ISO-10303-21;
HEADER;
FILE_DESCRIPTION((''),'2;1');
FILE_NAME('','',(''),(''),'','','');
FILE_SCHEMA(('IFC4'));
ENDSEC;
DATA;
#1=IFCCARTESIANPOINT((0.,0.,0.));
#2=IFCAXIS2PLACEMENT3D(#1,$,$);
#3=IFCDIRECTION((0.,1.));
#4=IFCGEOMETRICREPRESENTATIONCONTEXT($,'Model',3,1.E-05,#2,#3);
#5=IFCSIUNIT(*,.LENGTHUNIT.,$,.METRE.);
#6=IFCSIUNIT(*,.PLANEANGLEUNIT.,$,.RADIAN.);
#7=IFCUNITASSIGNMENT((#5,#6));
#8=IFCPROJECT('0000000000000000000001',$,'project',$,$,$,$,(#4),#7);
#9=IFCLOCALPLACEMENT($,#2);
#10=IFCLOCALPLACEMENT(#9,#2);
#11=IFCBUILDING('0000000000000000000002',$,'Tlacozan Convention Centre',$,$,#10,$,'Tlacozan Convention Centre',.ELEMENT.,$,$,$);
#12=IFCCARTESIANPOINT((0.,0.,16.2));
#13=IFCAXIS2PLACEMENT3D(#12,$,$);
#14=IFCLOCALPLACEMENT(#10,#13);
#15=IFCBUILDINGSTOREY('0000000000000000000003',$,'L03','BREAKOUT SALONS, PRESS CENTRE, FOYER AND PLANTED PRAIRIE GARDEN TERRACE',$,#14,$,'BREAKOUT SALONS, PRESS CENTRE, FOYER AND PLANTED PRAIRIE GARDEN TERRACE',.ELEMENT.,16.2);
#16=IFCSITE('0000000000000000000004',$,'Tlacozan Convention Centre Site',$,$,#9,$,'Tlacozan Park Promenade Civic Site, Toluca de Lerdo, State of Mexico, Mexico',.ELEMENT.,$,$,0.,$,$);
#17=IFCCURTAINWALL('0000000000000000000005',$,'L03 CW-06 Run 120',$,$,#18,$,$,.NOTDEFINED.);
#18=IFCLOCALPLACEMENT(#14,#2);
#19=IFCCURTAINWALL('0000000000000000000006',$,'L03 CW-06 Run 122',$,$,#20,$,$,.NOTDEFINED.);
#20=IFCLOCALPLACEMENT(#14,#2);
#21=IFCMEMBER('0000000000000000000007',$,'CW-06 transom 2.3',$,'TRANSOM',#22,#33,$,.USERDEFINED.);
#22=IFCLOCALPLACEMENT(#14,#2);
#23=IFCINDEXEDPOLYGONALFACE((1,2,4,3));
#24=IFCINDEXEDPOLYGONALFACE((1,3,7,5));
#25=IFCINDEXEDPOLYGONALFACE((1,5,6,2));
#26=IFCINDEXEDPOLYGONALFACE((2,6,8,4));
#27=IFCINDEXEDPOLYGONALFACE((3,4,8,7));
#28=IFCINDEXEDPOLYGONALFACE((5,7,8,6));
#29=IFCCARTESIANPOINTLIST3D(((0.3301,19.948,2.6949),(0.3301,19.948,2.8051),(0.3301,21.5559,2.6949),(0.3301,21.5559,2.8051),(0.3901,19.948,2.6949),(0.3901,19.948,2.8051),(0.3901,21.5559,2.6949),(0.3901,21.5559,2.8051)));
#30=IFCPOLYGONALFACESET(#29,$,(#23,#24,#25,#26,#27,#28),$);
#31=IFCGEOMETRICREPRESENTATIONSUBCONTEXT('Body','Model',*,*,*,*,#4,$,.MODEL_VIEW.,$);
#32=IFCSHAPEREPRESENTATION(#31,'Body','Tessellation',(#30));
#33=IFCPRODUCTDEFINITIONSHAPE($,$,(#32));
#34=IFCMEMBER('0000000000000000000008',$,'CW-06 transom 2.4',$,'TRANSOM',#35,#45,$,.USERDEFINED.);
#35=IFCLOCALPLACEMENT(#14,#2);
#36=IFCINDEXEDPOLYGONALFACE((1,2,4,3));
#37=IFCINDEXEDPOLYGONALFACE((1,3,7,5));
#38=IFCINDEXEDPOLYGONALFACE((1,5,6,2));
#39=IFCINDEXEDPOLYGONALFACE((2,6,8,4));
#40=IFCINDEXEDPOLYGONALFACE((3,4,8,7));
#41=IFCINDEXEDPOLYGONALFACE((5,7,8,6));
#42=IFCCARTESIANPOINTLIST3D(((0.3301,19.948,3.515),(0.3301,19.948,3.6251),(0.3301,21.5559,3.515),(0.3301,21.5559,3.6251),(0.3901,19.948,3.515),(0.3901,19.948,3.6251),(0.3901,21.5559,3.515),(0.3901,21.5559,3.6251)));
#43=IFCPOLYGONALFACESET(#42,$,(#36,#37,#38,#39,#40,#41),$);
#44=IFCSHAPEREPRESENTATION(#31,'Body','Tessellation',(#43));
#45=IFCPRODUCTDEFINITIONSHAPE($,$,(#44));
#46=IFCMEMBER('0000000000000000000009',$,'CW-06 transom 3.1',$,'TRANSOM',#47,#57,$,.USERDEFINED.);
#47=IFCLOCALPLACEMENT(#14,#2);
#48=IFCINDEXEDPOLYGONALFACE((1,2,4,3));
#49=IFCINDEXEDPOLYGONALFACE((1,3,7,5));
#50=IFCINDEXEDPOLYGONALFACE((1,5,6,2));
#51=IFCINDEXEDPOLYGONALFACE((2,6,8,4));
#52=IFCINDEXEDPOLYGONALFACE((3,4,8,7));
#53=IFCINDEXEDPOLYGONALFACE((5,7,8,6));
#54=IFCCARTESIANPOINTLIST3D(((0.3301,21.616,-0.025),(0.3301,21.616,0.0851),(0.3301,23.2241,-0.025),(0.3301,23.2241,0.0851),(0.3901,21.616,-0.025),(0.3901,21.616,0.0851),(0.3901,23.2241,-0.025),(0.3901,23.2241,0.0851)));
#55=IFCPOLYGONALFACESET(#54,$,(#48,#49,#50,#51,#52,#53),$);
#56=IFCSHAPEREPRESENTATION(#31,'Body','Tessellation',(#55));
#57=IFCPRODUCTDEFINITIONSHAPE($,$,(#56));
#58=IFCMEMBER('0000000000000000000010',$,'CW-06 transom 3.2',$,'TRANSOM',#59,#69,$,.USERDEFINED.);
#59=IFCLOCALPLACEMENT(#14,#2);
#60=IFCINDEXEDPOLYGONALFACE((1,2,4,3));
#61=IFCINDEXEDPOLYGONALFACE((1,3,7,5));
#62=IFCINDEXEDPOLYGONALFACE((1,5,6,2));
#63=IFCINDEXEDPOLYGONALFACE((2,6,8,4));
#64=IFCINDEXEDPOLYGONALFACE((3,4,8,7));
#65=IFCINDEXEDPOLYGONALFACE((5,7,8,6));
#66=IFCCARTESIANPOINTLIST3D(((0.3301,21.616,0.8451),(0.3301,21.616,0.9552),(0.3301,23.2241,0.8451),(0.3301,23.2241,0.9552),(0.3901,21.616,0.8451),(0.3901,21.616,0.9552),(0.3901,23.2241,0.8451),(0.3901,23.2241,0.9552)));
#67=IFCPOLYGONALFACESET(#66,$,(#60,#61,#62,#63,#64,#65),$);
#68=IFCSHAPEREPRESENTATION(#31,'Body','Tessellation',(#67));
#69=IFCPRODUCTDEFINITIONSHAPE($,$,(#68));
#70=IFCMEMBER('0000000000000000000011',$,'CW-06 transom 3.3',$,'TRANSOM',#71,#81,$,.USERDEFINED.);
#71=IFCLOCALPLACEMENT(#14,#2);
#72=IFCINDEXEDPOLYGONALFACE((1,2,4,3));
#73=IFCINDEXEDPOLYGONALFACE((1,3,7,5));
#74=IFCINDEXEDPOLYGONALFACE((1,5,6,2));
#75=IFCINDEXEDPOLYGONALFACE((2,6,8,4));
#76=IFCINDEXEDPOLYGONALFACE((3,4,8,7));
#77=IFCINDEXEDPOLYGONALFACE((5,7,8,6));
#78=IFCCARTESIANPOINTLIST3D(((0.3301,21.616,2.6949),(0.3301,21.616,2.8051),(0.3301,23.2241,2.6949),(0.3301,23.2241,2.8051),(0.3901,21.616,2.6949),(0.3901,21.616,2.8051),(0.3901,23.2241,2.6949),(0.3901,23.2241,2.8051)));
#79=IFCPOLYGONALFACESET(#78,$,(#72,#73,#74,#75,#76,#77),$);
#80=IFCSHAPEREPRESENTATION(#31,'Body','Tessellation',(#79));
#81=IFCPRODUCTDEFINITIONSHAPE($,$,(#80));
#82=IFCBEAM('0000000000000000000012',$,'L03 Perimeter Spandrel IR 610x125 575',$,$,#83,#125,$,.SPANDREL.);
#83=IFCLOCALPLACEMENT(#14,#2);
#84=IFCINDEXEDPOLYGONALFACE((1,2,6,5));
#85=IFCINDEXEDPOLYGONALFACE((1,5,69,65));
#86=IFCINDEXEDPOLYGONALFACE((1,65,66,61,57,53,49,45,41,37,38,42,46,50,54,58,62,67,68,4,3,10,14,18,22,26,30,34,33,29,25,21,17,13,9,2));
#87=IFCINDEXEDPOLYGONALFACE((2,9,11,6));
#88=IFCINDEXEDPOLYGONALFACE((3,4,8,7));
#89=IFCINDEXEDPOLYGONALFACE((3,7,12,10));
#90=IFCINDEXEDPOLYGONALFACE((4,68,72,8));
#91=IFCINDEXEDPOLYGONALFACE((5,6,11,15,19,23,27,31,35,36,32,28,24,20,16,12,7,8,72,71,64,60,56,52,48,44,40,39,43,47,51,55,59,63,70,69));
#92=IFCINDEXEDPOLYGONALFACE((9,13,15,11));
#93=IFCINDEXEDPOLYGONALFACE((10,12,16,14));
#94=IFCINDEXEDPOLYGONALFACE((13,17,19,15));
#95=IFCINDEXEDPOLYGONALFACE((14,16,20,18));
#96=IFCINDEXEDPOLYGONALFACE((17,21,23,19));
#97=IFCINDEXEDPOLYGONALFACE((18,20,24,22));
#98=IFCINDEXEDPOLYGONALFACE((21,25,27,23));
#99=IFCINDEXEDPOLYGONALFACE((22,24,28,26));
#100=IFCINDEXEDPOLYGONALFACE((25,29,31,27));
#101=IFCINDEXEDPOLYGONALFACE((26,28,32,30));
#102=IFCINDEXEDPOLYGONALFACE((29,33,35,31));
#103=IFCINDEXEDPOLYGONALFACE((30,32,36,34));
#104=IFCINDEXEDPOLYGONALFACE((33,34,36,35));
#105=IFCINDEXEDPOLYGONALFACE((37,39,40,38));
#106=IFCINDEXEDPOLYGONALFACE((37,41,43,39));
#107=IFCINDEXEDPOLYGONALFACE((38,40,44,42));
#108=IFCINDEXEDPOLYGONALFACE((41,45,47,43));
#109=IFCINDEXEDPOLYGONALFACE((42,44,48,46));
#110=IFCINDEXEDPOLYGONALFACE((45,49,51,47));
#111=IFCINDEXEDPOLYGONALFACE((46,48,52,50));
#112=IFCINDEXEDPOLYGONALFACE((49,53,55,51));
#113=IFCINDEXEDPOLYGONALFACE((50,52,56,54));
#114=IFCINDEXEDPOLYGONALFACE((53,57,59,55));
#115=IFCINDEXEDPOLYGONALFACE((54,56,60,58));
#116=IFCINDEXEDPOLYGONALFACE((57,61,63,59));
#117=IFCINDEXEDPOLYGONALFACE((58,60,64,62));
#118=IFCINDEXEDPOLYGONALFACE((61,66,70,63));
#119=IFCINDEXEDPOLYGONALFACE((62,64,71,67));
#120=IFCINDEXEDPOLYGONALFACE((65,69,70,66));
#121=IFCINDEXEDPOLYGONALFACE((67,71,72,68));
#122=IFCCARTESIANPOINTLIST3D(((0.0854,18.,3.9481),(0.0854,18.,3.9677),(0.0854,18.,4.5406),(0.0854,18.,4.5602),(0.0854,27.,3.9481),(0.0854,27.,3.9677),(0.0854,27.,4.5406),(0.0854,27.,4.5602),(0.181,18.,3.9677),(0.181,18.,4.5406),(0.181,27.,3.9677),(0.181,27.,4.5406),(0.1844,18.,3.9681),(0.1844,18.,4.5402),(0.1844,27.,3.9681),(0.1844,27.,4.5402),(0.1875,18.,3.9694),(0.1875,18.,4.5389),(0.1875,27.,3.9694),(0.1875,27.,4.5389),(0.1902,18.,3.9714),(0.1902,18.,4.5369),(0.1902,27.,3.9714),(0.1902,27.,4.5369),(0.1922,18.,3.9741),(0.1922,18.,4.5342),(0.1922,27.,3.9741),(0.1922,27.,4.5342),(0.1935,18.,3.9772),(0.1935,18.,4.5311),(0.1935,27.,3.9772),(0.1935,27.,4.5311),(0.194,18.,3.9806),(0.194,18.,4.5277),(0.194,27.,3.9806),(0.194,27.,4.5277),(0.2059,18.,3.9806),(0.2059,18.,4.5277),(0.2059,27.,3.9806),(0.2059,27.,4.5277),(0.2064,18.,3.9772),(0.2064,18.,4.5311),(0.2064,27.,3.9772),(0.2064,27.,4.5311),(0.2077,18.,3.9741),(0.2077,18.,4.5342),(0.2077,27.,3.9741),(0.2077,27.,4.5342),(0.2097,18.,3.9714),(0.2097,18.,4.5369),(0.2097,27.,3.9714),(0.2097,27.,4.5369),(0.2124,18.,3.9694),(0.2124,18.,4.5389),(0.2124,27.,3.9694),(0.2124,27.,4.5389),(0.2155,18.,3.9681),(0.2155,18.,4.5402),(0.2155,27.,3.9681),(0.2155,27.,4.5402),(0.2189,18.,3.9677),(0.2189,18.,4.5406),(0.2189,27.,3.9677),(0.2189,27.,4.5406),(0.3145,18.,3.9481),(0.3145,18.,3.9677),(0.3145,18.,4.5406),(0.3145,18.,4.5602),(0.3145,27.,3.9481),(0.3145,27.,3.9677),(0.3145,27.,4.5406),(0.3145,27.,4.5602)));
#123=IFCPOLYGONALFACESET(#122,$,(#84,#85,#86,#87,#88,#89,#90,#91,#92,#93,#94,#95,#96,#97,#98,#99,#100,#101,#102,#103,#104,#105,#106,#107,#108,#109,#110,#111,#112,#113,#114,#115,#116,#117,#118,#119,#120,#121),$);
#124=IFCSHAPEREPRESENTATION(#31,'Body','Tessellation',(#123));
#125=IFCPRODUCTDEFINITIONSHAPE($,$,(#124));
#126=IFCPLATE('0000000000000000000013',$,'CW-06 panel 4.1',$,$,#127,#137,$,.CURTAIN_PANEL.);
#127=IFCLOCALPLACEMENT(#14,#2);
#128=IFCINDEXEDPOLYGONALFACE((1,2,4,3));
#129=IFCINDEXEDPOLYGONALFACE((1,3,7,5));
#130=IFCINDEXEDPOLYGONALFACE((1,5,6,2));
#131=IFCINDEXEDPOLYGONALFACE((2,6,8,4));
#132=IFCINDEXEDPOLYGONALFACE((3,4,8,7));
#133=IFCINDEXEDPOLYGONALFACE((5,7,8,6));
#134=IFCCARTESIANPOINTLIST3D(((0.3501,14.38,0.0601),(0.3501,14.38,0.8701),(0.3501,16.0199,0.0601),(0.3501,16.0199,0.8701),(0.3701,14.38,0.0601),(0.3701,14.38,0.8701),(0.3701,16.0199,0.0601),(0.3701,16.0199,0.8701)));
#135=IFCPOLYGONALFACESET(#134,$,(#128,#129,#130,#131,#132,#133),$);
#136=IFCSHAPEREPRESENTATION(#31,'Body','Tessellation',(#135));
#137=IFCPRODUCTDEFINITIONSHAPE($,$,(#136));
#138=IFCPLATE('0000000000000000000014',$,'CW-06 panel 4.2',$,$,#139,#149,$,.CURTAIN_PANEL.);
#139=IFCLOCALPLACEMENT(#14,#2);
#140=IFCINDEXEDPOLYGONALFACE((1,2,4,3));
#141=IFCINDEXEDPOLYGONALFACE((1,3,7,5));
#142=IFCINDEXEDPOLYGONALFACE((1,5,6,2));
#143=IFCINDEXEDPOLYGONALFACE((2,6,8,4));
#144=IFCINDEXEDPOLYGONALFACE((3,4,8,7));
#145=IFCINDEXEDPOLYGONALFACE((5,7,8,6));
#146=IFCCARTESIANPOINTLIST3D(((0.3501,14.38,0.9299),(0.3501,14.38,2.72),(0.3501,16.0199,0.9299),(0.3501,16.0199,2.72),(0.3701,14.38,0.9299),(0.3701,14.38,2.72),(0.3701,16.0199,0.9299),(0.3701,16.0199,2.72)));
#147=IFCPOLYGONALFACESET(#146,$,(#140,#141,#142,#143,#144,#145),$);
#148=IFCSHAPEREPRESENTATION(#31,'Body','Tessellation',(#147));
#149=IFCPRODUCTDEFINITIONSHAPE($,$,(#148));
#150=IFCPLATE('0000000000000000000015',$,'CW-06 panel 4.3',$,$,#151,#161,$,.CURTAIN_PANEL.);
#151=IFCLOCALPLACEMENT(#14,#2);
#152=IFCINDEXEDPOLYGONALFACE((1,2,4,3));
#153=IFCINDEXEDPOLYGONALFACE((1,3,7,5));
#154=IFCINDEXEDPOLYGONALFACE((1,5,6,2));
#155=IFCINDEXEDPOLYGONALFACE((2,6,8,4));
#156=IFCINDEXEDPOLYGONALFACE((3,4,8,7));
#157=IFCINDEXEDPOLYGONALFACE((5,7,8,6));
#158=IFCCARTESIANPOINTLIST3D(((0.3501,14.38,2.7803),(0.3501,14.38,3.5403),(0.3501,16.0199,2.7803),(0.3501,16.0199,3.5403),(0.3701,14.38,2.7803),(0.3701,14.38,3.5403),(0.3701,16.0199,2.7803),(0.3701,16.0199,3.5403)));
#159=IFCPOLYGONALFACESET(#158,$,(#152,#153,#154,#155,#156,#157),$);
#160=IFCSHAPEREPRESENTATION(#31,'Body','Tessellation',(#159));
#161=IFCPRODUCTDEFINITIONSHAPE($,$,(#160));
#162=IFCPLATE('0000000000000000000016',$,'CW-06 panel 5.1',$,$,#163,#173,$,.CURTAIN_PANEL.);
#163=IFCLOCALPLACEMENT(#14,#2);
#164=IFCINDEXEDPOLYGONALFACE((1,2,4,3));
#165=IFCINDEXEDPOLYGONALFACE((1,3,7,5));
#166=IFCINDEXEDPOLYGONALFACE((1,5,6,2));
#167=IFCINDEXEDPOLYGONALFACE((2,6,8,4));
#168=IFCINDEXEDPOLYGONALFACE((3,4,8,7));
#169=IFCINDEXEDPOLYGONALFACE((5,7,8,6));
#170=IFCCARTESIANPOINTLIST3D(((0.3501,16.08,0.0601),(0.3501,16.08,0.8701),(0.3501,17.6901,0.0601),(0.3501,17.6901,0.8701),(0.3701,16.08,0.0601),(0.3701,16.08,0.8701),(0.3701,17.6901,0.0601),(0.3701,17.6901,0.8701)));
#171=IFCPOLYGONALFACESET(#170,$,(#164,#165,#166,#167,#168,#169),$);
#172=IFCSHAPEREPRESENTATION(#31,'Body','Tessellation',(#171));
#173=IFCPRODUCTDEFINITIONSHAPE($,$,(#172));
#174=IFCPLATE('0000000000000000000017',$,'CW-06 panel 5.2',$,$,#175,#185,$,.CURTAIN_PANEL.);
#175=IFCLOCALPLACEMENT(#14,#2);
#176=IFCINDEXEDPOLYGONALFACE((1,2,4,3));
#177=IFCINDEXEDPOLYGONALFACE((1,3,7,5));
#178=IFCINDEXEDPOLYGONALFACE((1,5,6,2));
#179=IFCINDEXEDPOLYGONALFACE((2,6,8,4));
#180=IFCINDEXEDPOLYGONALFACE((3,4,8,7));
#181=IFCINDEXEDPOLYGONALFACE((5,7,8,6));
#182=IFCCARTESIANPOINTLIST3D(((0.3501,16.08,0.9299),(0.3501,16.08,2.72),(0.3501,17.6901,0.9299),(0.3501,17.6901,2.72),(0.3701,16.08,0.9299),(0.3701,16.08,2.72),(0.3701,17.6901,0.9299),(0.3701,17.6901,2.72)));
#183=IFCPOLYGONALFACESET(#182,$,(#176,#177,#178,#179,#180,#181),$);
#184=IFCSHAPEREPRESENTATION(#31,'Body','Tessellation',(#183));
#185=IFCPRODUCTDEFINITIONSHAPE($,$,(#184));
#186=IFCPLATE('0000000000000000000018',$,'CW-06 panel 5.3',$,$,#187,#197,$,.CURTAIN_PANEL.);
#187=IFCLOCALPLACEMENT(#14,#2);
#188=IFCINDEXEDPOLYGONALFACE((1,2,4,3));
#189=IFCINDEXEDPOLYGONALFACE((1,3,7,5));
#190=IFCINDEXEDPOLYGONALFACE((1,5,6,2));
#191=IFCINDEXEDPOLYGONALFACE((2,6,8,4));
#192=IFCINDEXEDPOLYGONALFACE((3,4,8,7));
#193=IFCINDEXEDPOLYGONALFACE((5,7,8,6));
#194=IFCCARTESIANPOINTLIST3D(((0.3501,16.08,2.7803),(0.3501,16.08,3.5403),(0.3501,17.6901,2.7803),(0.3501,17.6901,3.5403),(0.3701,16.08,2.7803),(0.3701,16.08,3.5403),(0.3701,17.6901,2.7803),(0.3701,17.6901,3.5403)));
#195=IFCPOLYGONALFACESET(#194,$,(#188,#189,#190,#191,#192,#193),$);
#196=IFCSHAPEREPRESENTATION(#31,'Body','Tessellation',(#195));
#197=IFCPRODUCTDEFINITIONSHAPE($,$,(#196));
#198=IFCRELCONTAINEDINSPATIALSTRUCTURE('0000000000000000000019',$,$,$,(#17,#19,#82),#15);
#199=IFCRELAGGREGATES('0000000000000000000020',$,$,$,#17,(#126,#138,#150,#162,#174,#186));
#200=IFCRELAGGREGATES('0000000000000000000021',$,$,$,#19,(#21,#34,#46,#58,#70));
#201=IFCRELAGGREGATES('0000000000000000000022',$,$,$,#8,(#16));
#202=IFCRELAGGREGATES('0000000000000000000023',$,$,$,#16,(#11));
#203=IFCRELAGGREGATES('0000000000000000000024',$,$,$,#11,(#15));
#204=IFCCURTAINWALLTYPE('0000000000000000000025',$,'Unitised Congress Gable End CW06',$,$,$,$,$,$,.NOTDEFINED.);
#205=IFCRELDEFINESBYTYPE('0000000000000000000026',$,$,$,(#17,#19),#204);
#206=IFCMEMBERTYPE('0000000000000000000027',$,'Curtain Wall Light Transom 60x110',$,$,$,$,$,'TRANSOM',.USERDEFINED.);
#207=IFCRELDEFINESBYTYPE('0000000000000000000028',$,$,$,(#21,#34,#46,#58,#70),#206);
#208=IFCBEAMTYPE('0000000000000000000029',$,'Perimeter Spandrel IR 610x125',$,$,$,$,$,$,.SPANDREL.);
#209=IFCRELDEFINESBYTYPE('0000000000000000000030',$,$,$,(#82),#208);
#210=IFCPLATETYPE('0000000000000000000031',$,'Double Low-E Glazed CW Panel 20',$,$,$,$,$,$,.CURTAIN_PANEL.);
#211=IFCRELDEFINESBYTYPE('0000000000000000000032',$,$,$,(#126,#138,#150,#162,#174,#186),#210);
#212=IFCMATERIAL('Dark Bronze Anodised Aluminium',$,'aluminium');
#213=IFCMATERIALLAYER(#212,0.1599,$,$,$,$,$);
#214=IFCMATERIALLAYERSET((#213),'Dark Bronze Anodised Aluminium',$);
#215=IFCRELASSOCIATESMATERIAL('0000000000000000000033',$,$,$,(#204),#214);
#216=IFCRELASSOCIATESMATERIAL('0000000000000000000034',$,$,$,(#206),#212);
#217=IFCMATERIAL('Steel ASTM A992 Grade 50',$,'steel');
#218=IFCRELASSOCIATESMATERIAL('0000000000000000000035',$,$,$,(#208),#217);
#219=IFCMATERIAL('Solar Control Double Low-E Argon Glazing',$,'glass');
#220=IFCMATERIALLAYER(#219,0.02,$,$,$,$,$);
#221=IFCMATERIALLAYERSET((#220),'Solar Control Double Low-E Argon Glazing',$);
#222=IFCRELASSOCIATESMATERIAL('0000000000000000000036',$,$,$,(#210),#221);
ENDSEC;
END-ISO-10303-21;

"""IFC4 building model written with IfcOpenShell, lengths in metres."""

from ifc_helpers import new_model, si_unit, direction, frame, origin, origin_2d, place, context, subcontext, project, spatial, rectangle, i_section, extrude, material, layer, layer_set, material_profile, profile_set, type_object, element, aggregate, save


model = new_model("IFC4")

# Units and contexts
model_context = context("Model", 3, precision=1e-05, world=origin(), true_north=direction((0.0, 1.0)))
body_context = subcontext(model_context, "Body", "Model", "MODEL_VIEW")
ifc_project = project(units=[si_unit("LENGTHUNIT", "METRE"), si_unit("PLANEANGLEUNIT", "RADIAN")], contexts=[model_context])

# Site, building, storey
site_placement = place(None, origin())
site = spatial("IfcSite", under=ifc_project, at=site_placement, Name="Tlacozan Convention Centre Site", LongName="Tlacozan Park Promenade Civic Site, Toluca de Lerdo, State of Mexico, Mexico", CompositionType="ELEMENT", RefElevation=0.0)
building_placement = place(site_placement, origin())
building = spatial("IfcBuilding", under=site, at=building_placement, Name="Tlacozan Convention Centre", LongName="Tlacozan Convention Centre", CompositionType="ELEMENT")
storey_placement = place(building_placement, frame((0.0, 0.0, 16.2)))
storey = spatial("IfcBuildingStorey", under=building, at=storey_placement, Name="L03", Description="BREAKOUT SALONS, PRESS CENTRE, FOYER AND PLANTED PRAIRIE GARDEN TERRACE", LongName="BREAKOUT SALONS, PRESS CENTRE, FOYER AND PLANTED PRAIRIE GARDEN TERRACE", CompositionType="ELEMENT", Elevation=16.2)

# Curtain walls
ifc_material_1 = material(Name="Dark Bronze Anodised Aluminium", Category="aluminium")
ifc_layer_1 = layer(ifc_material_1, 0.1599)
ifc_layer_set_1 = layer_set([ifc_layer_1], Name="Dark Bronze Anodised Aluminium")
curtain_wall_type = type_object("IfcCurtainWallType", Name="Unitised Congress Gable End CW06", PredefinedType="NOTDEFINED", material=ifc_layer_set_1)
curtain_wall_1_placement = place(storey_placement, origin())
curtain_wall_1 = element("IfcCurtainWall", 1, at=curtain_wall_1_placement, inside=storey, type_object=curtain_wall_type, Name="L03 CW-06 Run 120", PredefinedType="NOTDEFINED")
curtain_wall_2_placement = place(storey_placement, origin())
curtain_wall_2 = element("IfcCurtainWall", 2, at=curtain_wall_2_placement, inside=storey, type_object=curtain_wall_type, Name="L03 CW-06 Run 122", PredefinedType="NOTDEFINED")

# Members
ifc_material_profile_1 = material_profile(ifc_material_1, rectangle(XDim=0.0601, YDim=0.1101, at=origin_2d()), Name="ALU 60x110")
ifc_profile_set_1 = profile_set([ifc_material_profile_1], Name="Dark Bronze Anodised Aluminium")
member_type_1 = type_object("IfcMemberType", Name="Curtain Wall Light Transom 60x110", ElementType="TRANSOM", PredefinedType="USERDEFINED", material=ifc_profile_set_1)
member_1_placement = place(storey_placement, frame((0.3601, 19.948, 2.75), z_axis=(0.0, 1.0, 0.0), x_axis=(-1.0, 0.0, 0.0)))
member_1 = element("IfcMember", 3, at=member_1_placement, type_object=member_type_1, Name="CW-06 transom 2.3", ObjectType="TRANSOM", PredefinedType="USERDEFINED", context=body_context, shape_type="SweptSolid", body=[
    extrude(rectangle(XDim=0.0601, YDim=0.1101, at=origin_2d()), origin(), (0.0, 0.0, 1.0), 1.6079),
])
member_2_placement = place(storey_placement, frame((0.3601, 19.948, 3.5701), z_axis=(0.0, 1.0, 0.0), x_axis=(-1.0, 0.0, 0.0)))
member_2 = element("IfcMember", 4, at=member_2_placement, type_object=member_type_1, Name="CW-06 transom 2.4", ObjectType="TRANSOM", PredefinedType="USERDEFINED", context=body_context, shape_type="SweptSolid", body=[
    extrude(rectangle(XDim=0.0601, YDim=0.1101, at=origin_2d()), origin(), (0.0, 0.0, 1.0), 1.6079),
])
member_3_placement = place(storey_placement, frame((0.3601, 21.616, 0.03), z_axis=(0.0, 1.0, 0.0), x_axis=(-1.0, 0.0, 0.0)))
member_3 = element("IfcMember", 5, at=member_3_placement, type_object=member_type_1, Name="CW-06 transom 3.1", ObjectType="TRANSOM", PredefinedType="USERDEFINED", context=body_context, shape_type="SweptSolid", body=[
    extrude(rectangle(XDim=0.0601, YDim=0.1101, at=origin_2d()), origin(), (0.0, 0.0, 1.0), 1.6082),
])
member_4_placement = place(storey_placement, frame((0.3601, 21.616, 0.9001), z_axis=(0.0, 1.0, 0.0), x_axis=(-1.0, 0.0, 0.0)))
member_4 = element("IfcMember", 6, at=member_4_placement, type_object=member_type_1, Name="CW-06 transom 3.2", ObjectType="TRANSOM", PredefinedType="USERDEFINED", context=body_context, shape_type="SweptSolid", body=[
    extrude(rectangle(XDim=0.0601, YDim=0.1101, at=origin_2d()), origin(), (0.0, 0.0, 1.0), 1.6082),
])
member_5_placement = place(storey_placement, frame((0.3601, 21.616, 2.75), z_axis=(0.0, 1.0, 0.0), x_axis=(-1.0, 0.0, 0.0)))
member_5 = element("IfcMember", 7, at=member_5_placement, type_object=member_type_1, Name="CW-06 transom 3.3", ObjectType="TRANSOM", PredefinedType="USERDEFINED", context=body_context, shape_type="SweptSolid", body=[
    extrude(rectangle(XDim=0.0601, YDim=0.1101, at=origin_2d()), origin(), (0.0, 0.0, 1.0), 1.6082),
])

# Beam
ifc_material_2 = material(Name="Steel ASTM A992 Grade 50", Category="steel")
ifc_material_profile_2 = material_profile(ifc_material_2, i_section(OverallWidth=0.229, OverallDepth=0.6121, WebThickness=0.012, FlangeThickness=0.0195, FilletRadius=0.0129, at=origin_2d()), Name="IR 610x125.0")
ifc_profile_set_2 = profile_set([ifc_material_profile_2], Name="Steel ASTM A992 Grade 50")
beam_type = type_object("IfcBeamType", Name="Perimeter Spandrel IR 610x125", PredefinedType="SPANDREL", material=ifc_profile_set_2)
beam_placement = place(storey_placement, frame((0.2, 18.0, 4.2542), z_axis=(0.0, 1.0, 0.0), x_axis=(-1.0, 0.0, 0.0)))
element("IfcBeam", 8, at=beam_placement, inside=storey, type_object=beam_type, Name="L03 Perimeter Spandrel IR 610x125 575", PredefinedType="SPANDREL", context=body_context, shape_type="SweptSolid", body=[
    extrude(i_section(OverallWidth=0.229, OverallDepth=0.6121, WebThickness=0.012, FlangeThickness=0.0195, FilletRadius=0.0129, at=origin_2d()), origin(), (0.0, 0.0, 1.0), 9.0),
])

# Plates
ifc_material_3 = material(Name="Solar Control Double Low-E Argon Glazing", Category="glass")
ifc_layer_2 = layer(ifc_material_3, 0.02)
ifc_layer_set_2 = layer_set([ifc_layer_2], Name="Solar Control Double Low-E Argon Glazing")
plate_type = type_object("IfcPlateType", Name="Double Low-E Glazed CW Panel 20", PredefinedType="CURTAIN_PANEL", material=ifc_layer_set_2)
plate_1_placement = place(storey_placement, frame((0.3601, 15.2, 0.0601), z_axis=(0.0, 0.0, 1.0), x_axis=(0.0, 1.0, 0.0)))
plate_1 = element("IfcPlate", 9, at=plate_1_placement, type_object=plate_type, Name="CW-06 panel 4.1", PredefinedType="CURTAIN_PANEL", context=body_context, shape_type="SweptSolid", body=[
    extrude(rectangle(XDim=1.6399, YDim=0.02, at=origin_2d()), origin(), (0.0, 0.0, 1.0), 0.8101),
])
plate_2_placement = place(storey_placement, frame((0.3601, 15.2, 0.9299), z_axis=(0.0, 0.0, 1.0), x_axis=(0.0, 1.0, 0.0)))
plate_2 = element("IfcPlate", 10, at=plate_2_placement, type_object=plate_type, Name="CW-06 panel 4.2", PredefinedType="CURTAIN_PANEL", context=body_context, shape_type="SweptSolid", body=[
    extrude(rectangle(XDim=1.6399, YDim=0.02, at=origin_2d()), origin(), (0.0, 0.0, 1.0), 1.79),
])
plate_3_placement = place(storey_placement, frame((0.3601, 15.2, 2.7803), z_axis=(0.0, 0.0, 1.0), x_axis=(0.0, 1.0, 0.0)))
plate_3 = element("IfcPlate", 11, at=plate_3_placement, type_object=plate_type, Name="CW-06 panel 4.3", PredefinedType="CURTAIN_PANEL", context=body_context, shape_type="SweptSolid", body=[
    extrude(rectangle(XDim=1.6399, YDim=0.02, at=origin_2d()), origin(), (0.0, 0.0, 1.0), 0.76),
])
plate_4_placement = place(storey_placement, frame((0.3601, 16.885, 0.0601), z_axis=(0.0, 0.0, 1.0), x_axis=(0.0, 1.0, 0.0)))
plate_4 = element("IfcPlate", 12, at=plate_4_placement, type_object=plate_type, Name="CW-06 panel 5.1", PredefinedType="CURTAIN_PANEL", context=body_context, shape_type="SweptSolid", body=[
    extrude(rectangle(XDim=1.6101, YDim=0.02, at=origin_2d()), origin(), (0.0, 0.0, 1.0), 0.8101),
])
plate_5_placement = place(storey_placement, frame((0.3601, 16.885, 0.9299), z_axis=(0.0, 0.0, 1.0), x_axis=(0.0, 1.0, 0.0)))
plate_5 = element("IfcPlate", 13, at=plate_5_placement, type_object=plate_type, Name="CW-06 panel 5.2", PredefinedType="CURTAIN_PANEL", context=body_context, shape_type="SweptSolid", body=[
    extrude(rectangle(XDim=1.6101, YDim=0.02, at=origin_2d()), origin(), (0.0, 0.0, 1.0), 1.79),
])
plate_6_placement = place(storey_placement, frame((0.3601, 16.885, 2.7803), z_axis=(0.0, 0.0, 1.0), x_axis=(0.0, 1.0, 0.0)))
plate_6 = element("IfcPlate", 14, at=plate_6_placement, type_object=plate_type, Name="CW-06 panel 5.3", PredefinedType="CURTAIN_PANEL", context=body_context, shape_type="SweptSolid", body=[
    extrude(rectangle(XDim=1.6101, YDim=0.02, at=origin_2d()), origin(), (0.0, 0.0, 1.0), 0.76),
])
aggregate(curtain_wall_1, [plate_1, plate_2, plate_3, plate_4, plate_5, plate_6])
aggregate(curtain_wall_2, [member_1, member_2, member_3, member_4, member_5])

save(model, "model.ifc")
